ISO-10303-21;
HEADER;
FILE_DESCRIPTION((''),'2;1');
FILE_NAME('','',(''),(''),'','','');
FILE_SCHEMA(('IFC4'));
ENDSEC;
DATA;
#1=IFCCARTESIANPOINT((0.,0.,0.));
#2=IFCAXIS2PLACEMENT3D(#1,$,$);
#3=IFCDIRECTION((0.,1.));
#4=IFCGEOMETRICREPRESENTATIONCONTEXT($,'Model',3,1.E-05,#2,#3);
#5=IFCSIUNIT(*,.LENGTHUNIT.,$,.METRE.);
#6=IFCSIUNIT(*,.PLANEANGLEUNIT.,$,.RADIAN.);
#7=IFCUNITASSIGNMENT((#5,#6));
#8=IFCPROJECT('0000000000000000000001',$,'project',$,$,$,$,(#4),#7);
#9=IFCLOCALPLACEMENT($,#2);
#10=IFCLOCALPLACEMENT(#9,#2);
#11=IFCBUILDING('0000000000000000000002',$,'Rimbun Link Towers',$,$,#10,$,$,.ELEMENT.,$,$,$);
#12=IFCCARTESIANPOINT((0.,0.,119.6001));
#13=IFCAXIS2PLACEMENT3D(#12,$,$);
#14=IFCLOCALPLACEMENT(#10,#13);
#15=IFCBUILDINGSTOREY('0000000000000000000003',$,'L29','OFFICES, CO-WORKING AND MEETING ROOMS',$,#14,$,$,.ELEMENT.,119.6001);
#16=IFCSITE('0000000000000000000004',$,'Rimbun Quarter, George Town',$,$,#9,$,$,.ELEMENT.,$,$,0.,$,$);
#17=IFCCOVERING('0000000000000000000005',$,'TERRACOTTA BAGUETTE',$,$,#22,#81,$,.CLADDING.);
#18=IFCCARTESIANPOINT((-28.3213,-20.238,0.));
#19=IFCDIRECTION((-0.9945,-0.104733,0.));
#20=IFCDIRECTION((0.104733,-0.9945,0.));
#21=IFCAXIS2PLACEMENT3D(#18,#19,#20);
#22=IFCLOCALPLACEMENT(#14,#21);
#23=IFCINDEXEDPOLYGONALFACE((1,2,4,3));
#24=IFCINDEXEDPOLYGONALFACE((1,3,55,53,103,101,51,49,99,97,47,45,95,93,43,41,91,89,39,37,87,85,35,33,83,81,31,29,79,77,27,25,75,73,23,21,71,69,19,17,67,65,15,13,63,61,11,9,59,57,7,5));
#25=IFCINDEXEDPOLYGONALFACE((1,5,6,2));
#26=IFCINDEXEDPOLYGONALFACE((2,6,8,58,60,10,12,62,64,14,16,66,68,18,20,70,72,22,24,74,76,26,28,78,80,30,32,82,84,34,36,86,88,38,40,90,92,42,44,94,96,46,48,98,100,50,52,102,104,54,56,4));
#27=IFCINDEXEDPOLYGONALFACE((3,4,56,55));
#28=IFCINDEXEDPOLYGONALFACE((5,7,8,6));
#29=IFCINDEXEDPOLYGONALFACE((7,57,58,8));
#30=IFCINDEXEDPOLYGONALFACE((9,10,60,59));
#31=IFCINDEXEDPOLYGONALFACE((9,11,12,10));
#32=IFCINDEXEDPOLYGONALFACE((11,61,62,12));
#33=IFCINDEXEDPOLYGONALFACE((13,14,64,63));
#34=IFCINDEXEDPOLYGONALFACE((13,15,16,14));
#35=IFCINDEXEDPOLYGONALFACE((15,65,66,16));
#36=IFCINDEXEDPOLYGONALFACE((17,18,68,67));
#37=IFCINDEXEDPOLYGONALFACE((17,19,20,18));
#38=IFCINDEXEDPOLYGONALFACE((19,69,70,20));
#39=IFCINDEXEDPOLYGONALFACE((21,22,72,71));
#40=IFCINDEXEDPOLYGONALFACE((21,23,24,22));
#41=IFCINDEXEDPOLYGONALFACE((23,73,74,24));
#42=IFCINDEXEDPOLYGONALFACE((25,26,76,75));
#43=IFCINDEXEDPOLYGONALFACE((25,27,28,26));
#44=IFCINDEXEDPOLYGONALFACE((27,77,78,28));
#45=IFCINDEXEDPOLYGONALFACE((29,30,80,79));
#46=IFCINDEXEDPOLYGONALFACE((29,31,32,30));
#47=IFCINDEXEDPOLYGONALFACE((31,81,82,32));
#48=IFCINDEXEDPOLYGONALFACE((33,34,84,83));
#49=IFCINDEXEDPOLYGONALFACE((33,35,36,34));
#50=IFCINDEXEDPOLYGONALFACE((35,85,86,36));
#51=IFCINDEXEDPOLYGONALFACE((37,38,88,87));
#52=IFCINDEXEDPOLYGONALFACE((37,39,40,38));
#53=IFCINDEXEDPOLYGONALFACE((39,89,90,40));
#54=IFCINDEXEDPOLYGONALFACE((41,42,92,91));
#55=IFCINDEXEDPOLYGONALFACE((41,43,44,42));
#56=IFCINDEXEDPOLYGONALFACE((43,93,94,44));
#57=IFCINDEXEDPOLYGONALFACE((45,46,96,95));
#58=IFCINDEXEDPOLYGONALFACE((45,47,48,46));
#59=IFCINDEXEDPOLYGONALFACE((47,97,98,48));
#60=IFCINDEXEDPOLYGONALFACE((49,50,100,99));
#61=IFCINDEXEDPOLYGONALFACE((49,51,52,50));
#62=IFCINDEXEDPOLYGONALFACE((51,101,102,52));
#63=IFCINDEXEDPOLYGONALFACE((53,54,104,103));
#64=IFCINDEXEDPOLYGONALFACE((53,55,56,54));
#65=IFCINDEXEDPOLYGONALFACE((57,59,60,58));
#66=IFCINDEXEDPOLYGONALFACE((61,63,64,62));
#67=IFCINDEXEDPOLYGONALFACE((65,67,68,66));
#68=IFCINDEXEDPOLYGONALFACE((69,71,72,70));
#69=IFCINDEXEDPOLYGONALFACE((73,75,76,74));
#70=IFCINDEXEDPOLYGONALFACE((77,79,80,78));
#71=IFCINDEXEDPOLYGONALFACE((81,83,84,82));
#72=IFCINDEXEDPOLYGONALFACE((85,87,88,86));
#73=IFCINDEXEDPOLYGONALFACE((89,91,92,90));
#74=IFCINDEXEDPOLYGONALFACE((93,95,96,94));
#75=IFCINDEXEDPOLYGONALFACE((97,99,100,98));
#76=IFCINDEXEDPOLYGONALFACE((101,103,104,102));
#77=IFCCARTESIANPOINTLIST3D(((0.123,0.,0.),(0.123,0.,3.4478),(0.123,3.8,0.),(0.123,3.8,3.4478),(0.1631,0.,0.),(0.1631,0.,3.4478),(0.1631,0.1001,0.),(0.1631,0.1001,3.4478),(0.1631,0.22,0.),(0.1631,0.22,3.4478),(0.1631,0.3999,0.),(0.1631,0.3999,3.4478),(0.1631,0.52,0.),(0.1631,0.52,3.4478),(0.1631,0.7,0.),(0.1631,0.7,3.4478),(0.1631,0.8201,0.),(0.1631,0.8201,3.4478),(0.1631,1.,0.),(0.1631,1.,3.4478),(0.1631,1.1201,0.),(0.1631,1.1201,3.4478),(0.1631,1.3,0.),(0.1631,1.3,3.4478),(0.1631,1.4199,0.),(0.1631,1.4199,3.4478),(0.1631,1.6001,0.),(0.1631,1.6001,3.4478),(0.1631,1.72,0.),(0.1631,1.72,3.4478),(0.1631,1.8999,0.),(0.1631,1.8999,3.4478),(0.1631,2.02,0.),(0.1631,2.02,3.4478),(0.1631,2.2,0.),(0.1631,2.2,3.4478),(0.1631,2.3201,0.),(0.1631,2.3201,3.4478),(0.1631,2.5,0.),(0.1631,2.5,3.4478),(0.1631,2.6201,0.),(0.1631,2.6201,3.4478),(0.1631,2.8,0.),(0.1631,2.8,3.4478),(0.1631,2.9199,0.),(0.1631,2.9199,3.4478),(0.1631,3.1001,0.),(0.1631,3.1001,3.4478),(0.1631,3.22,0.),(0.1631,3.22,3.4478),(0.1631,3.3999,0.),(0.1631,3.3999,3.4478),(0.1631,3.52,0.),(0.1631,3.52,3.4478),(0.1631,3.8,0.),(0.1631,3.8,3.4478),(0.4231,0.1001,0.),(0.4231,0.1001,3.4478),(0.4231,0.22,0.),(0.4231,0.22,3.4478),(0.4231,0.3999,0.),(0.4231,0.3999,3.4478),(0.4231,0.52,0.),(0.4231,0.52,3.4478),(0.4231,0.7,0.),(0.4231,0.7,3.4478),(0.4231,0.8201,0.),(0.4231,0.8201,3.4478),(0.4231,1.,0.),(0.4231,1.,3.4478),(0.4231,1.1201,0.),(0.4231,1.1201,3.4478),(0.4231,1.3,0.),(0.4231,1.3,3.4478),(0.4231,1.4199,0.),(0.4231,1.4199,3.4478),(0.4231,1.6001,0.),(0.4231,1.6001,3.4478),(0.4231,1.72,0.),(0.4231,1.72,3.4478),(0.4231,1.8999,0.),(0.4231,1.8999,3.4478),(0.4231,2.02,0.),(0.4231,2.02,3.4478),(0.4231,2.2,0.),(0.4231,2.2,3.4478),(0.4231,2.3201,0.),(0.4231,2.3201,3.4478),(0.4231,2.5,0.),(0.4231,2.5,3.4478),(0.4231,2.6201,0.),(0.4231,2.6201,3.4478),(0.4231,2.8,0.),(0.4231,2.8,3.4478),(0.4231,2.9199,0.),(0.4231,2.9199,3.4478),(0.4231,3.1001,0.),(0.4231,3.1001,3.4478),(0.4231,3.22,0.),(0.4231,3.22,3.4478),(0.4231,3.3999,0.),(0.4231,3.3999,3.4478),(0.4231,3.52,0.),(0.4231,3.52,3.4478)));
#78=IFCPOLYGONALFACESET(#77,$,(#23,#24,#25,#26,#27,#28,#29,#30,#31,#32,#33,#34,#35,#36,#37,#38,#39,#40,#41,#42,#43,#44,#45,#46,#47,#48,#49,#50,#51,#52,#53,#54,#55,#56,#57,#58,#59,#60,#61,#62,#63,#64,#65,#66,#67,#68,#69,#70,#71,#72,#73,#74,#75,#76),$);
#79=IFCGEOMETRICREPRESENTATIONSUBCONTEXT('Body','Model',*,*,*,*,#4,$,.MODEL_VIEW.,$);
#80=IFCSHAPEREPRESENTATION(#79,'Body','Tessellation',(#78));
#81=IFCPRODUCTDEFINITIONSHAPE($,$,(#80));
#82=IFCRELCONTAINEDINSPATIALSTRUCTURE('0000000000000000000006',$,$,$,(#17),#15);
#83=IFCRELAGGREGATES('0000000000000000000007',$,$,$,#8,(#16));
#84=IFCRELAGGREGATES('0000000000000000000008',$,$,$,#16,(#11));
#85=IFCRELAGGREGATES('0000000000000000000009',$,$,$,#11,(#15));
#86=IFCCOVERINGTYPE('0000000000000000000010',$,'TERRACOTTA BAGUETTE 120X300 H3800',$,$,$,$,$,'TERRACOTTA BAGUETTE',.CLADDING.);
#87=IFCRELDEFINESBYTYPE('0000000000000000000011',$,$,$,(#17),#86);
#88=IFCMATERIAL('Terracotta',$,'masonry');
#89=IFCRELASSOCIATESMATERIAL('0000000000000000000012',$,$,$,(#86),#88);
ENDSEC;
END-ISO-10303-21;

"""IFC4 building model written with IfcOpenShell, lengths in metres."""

from ifc_helpers import new_model, si_unit, direction, frame, origin, place, context, subcontext, project, spatial, polyline, outline, extrude, material, material_profile, profile_set, type_object, element, save


model = new_model("IFC4")

# Units and contexts
model_context = context("Model", 3, precision=1e-05, world=origin(), true_north=direction((0.0, 1.0)))
body_context = subcontext(model_context, "Body", "Model", "MODEL_VIEW")
ifc_project = project(units=[si_unit("LENGTHUNIT", "METRE"), si_unit("PLANEANGLEUNIT", "RADIAN")], contexts=[model_context])

# Site, building, storey
site_placement = place(None, origin())
site = spatial("IfcSite", under=ifc_project, at=site_placement, Name="Rimbun Quarter, George Town", CompositionType="ELEMENT", RefElevation=0.0)
building_placement = place(site_placement, origin())
building = spatial("IfcBuilding", under=site, at=building_placement, Name="Rimbun Link Towers", CompositionType="ELEMENT")
storey_placement = place(building_placement, frame((0.0, 0.0, 119.6001)))
storey = spatial("IfcBuildingStorey", under=building, at=storey_placement, Name="L29", Description="OFFICES, CO-WORKING AND MEETING ROOMS", CompositionType="ELEMENT", Elevation=119.6001)

# Covering
ifc_material_1 = material(Name="Terracotta", Category="masonry")
ifc_material_profile_1 = material_profile(ifc_material_1, outline(polyline([(0.123, 0.0), (0.1631, 0.0), (0.1631, 0.1001), (0.4231, 0.1001), (0.4231, 0.22), (0.1631, 0.22), (0.1631, 0.3999), (0.4231, 0.3999), (0.4231, 0.52), (0.1631, 0.52), (0.1631, 0.7), (0.4231, 0.7), (0.4231, 0.8201), (0.1631, 0.8201), (0.1631, 1.0), (0.4231, 1.0), (0.4231, 1.1201), (0.1631, 1.1201), (0.1631, 1.3), (0.4231, 1.3), (0.4231, 1.4199), (0.1631, 1.4199), (0.1631, 1.6001), (0.4231, 1.6001), (0.4231, 1.72), (0.1631, 1.72), (0.1631, 1.8999), (0.4231, 1.8999), (0.4231, 2.02), (0.1631, 2.02), (0.1631, 2.2), (0.4231, 2.2), (0.4231, 2.3201), (0.1631, 2.3201), (0.1631, 2.5), (0.4231, 2.5), (0.4231, 2.6201), (0.1631, 2.6201), (0.1631, 2.8), (0.4231, 2.8), (0.4231, 2.9199), (0.1631, 2.9199), (0.1631, 3.1001), (0.4231, 3.1001), (0.4231, 3.22), (0.1631, 3.22), (0.1631, 3.3999), (0.4231, 3.3999), (0.4231, 3.52), (0.1631, 3.52), (0.1631, 3.8), (0.123, 3.8), (0.123, 0.0)])), Name="BAGUETTE 120X300")
ifc_profile_set_1 = profile_set([ifc_material_profile_1], Name="Terracotta")
covering_type = type_object("IfcCoveringType", Name="TERRACOTTA BAGUETTE 120X300 H3800", ElementType="TERRACOTTA BAGUETTE", PredefinedType="CLADDING", material=ifc_profile_set_1)
for number, where, z_axis, x_axis, name in (
    (1, (-28.3213, -20.238, 0.0), (-0.9945, -0.104733, 0.0), (0.104733, -0.9945, 0.0), "TERRACOTTA BAGUETTE"),
):
    element("IfcCovering", number, at=place(storey_placement, frame(where, z_axis=z_axis, x_axis=x_axis)), inside=storey, type_object=covering_type, Name=name, PredefinedType="CLADDING", context=body_context, shape_type="SweptSolid", body=[
        extrude(outline(polyline([(0.123, 0.0), (0.1631, 0.0), (0.1631, 0.1001), (0.4231, 0.1001), (0.4231, 0.22), (0.1631, 0.22), (0.1631, 0.3999), (0.4231, 0.3999), (0.4231, 0.52), (0.1631, 0.52), (0.1631, 0.7), (0.4231, 0.7), (0.4231, 0.8201), (0.1631, 0.8201), (0.1631, 1.0), (0.4231, 1.0), (0.4231, 1.1201), (0.1631, 1.1201), (0.1631, 1.3), (0.4231, 1.3), (0.4231, 1.4199), (0.1631, 1.4199), (0.1631, 1.6001), (0.4231, 1.6001), (0.4231, 1.72), (0.1631, 1.72), (0.1631, 1.8999), (0.4231, 1.8999), (0.4231, 2.02), (0.1631, 2.02), (0.1631, 2.2), (0.4231, 2.2), (0.4231, 2.3201), (0.1631, 2.3201), (0.1631, 2.5), (0.4231, 2.5), (0.4231, 2.6201), (0.1631, 2.6201), (0.1631, 2.8), (0.4231, 2.8), (0.4231, 2.9199), (0.1631, 2.9199), (0.1631, 3.1001), (0.4231, 3.1001), (0.4231, 3.22), (0.1631, 3.22), (0.1631, 3.3999), (0.4231, 3.3999), (0.4231, 3.52), (0.1631, 3.52), (0.1631, 3.8), (0.123, 3.8), (0.123, 0.0)])), origin(), (0.0, 0.0, 1.0), 3.4478),
    ])

save(model, "model.ifc")
